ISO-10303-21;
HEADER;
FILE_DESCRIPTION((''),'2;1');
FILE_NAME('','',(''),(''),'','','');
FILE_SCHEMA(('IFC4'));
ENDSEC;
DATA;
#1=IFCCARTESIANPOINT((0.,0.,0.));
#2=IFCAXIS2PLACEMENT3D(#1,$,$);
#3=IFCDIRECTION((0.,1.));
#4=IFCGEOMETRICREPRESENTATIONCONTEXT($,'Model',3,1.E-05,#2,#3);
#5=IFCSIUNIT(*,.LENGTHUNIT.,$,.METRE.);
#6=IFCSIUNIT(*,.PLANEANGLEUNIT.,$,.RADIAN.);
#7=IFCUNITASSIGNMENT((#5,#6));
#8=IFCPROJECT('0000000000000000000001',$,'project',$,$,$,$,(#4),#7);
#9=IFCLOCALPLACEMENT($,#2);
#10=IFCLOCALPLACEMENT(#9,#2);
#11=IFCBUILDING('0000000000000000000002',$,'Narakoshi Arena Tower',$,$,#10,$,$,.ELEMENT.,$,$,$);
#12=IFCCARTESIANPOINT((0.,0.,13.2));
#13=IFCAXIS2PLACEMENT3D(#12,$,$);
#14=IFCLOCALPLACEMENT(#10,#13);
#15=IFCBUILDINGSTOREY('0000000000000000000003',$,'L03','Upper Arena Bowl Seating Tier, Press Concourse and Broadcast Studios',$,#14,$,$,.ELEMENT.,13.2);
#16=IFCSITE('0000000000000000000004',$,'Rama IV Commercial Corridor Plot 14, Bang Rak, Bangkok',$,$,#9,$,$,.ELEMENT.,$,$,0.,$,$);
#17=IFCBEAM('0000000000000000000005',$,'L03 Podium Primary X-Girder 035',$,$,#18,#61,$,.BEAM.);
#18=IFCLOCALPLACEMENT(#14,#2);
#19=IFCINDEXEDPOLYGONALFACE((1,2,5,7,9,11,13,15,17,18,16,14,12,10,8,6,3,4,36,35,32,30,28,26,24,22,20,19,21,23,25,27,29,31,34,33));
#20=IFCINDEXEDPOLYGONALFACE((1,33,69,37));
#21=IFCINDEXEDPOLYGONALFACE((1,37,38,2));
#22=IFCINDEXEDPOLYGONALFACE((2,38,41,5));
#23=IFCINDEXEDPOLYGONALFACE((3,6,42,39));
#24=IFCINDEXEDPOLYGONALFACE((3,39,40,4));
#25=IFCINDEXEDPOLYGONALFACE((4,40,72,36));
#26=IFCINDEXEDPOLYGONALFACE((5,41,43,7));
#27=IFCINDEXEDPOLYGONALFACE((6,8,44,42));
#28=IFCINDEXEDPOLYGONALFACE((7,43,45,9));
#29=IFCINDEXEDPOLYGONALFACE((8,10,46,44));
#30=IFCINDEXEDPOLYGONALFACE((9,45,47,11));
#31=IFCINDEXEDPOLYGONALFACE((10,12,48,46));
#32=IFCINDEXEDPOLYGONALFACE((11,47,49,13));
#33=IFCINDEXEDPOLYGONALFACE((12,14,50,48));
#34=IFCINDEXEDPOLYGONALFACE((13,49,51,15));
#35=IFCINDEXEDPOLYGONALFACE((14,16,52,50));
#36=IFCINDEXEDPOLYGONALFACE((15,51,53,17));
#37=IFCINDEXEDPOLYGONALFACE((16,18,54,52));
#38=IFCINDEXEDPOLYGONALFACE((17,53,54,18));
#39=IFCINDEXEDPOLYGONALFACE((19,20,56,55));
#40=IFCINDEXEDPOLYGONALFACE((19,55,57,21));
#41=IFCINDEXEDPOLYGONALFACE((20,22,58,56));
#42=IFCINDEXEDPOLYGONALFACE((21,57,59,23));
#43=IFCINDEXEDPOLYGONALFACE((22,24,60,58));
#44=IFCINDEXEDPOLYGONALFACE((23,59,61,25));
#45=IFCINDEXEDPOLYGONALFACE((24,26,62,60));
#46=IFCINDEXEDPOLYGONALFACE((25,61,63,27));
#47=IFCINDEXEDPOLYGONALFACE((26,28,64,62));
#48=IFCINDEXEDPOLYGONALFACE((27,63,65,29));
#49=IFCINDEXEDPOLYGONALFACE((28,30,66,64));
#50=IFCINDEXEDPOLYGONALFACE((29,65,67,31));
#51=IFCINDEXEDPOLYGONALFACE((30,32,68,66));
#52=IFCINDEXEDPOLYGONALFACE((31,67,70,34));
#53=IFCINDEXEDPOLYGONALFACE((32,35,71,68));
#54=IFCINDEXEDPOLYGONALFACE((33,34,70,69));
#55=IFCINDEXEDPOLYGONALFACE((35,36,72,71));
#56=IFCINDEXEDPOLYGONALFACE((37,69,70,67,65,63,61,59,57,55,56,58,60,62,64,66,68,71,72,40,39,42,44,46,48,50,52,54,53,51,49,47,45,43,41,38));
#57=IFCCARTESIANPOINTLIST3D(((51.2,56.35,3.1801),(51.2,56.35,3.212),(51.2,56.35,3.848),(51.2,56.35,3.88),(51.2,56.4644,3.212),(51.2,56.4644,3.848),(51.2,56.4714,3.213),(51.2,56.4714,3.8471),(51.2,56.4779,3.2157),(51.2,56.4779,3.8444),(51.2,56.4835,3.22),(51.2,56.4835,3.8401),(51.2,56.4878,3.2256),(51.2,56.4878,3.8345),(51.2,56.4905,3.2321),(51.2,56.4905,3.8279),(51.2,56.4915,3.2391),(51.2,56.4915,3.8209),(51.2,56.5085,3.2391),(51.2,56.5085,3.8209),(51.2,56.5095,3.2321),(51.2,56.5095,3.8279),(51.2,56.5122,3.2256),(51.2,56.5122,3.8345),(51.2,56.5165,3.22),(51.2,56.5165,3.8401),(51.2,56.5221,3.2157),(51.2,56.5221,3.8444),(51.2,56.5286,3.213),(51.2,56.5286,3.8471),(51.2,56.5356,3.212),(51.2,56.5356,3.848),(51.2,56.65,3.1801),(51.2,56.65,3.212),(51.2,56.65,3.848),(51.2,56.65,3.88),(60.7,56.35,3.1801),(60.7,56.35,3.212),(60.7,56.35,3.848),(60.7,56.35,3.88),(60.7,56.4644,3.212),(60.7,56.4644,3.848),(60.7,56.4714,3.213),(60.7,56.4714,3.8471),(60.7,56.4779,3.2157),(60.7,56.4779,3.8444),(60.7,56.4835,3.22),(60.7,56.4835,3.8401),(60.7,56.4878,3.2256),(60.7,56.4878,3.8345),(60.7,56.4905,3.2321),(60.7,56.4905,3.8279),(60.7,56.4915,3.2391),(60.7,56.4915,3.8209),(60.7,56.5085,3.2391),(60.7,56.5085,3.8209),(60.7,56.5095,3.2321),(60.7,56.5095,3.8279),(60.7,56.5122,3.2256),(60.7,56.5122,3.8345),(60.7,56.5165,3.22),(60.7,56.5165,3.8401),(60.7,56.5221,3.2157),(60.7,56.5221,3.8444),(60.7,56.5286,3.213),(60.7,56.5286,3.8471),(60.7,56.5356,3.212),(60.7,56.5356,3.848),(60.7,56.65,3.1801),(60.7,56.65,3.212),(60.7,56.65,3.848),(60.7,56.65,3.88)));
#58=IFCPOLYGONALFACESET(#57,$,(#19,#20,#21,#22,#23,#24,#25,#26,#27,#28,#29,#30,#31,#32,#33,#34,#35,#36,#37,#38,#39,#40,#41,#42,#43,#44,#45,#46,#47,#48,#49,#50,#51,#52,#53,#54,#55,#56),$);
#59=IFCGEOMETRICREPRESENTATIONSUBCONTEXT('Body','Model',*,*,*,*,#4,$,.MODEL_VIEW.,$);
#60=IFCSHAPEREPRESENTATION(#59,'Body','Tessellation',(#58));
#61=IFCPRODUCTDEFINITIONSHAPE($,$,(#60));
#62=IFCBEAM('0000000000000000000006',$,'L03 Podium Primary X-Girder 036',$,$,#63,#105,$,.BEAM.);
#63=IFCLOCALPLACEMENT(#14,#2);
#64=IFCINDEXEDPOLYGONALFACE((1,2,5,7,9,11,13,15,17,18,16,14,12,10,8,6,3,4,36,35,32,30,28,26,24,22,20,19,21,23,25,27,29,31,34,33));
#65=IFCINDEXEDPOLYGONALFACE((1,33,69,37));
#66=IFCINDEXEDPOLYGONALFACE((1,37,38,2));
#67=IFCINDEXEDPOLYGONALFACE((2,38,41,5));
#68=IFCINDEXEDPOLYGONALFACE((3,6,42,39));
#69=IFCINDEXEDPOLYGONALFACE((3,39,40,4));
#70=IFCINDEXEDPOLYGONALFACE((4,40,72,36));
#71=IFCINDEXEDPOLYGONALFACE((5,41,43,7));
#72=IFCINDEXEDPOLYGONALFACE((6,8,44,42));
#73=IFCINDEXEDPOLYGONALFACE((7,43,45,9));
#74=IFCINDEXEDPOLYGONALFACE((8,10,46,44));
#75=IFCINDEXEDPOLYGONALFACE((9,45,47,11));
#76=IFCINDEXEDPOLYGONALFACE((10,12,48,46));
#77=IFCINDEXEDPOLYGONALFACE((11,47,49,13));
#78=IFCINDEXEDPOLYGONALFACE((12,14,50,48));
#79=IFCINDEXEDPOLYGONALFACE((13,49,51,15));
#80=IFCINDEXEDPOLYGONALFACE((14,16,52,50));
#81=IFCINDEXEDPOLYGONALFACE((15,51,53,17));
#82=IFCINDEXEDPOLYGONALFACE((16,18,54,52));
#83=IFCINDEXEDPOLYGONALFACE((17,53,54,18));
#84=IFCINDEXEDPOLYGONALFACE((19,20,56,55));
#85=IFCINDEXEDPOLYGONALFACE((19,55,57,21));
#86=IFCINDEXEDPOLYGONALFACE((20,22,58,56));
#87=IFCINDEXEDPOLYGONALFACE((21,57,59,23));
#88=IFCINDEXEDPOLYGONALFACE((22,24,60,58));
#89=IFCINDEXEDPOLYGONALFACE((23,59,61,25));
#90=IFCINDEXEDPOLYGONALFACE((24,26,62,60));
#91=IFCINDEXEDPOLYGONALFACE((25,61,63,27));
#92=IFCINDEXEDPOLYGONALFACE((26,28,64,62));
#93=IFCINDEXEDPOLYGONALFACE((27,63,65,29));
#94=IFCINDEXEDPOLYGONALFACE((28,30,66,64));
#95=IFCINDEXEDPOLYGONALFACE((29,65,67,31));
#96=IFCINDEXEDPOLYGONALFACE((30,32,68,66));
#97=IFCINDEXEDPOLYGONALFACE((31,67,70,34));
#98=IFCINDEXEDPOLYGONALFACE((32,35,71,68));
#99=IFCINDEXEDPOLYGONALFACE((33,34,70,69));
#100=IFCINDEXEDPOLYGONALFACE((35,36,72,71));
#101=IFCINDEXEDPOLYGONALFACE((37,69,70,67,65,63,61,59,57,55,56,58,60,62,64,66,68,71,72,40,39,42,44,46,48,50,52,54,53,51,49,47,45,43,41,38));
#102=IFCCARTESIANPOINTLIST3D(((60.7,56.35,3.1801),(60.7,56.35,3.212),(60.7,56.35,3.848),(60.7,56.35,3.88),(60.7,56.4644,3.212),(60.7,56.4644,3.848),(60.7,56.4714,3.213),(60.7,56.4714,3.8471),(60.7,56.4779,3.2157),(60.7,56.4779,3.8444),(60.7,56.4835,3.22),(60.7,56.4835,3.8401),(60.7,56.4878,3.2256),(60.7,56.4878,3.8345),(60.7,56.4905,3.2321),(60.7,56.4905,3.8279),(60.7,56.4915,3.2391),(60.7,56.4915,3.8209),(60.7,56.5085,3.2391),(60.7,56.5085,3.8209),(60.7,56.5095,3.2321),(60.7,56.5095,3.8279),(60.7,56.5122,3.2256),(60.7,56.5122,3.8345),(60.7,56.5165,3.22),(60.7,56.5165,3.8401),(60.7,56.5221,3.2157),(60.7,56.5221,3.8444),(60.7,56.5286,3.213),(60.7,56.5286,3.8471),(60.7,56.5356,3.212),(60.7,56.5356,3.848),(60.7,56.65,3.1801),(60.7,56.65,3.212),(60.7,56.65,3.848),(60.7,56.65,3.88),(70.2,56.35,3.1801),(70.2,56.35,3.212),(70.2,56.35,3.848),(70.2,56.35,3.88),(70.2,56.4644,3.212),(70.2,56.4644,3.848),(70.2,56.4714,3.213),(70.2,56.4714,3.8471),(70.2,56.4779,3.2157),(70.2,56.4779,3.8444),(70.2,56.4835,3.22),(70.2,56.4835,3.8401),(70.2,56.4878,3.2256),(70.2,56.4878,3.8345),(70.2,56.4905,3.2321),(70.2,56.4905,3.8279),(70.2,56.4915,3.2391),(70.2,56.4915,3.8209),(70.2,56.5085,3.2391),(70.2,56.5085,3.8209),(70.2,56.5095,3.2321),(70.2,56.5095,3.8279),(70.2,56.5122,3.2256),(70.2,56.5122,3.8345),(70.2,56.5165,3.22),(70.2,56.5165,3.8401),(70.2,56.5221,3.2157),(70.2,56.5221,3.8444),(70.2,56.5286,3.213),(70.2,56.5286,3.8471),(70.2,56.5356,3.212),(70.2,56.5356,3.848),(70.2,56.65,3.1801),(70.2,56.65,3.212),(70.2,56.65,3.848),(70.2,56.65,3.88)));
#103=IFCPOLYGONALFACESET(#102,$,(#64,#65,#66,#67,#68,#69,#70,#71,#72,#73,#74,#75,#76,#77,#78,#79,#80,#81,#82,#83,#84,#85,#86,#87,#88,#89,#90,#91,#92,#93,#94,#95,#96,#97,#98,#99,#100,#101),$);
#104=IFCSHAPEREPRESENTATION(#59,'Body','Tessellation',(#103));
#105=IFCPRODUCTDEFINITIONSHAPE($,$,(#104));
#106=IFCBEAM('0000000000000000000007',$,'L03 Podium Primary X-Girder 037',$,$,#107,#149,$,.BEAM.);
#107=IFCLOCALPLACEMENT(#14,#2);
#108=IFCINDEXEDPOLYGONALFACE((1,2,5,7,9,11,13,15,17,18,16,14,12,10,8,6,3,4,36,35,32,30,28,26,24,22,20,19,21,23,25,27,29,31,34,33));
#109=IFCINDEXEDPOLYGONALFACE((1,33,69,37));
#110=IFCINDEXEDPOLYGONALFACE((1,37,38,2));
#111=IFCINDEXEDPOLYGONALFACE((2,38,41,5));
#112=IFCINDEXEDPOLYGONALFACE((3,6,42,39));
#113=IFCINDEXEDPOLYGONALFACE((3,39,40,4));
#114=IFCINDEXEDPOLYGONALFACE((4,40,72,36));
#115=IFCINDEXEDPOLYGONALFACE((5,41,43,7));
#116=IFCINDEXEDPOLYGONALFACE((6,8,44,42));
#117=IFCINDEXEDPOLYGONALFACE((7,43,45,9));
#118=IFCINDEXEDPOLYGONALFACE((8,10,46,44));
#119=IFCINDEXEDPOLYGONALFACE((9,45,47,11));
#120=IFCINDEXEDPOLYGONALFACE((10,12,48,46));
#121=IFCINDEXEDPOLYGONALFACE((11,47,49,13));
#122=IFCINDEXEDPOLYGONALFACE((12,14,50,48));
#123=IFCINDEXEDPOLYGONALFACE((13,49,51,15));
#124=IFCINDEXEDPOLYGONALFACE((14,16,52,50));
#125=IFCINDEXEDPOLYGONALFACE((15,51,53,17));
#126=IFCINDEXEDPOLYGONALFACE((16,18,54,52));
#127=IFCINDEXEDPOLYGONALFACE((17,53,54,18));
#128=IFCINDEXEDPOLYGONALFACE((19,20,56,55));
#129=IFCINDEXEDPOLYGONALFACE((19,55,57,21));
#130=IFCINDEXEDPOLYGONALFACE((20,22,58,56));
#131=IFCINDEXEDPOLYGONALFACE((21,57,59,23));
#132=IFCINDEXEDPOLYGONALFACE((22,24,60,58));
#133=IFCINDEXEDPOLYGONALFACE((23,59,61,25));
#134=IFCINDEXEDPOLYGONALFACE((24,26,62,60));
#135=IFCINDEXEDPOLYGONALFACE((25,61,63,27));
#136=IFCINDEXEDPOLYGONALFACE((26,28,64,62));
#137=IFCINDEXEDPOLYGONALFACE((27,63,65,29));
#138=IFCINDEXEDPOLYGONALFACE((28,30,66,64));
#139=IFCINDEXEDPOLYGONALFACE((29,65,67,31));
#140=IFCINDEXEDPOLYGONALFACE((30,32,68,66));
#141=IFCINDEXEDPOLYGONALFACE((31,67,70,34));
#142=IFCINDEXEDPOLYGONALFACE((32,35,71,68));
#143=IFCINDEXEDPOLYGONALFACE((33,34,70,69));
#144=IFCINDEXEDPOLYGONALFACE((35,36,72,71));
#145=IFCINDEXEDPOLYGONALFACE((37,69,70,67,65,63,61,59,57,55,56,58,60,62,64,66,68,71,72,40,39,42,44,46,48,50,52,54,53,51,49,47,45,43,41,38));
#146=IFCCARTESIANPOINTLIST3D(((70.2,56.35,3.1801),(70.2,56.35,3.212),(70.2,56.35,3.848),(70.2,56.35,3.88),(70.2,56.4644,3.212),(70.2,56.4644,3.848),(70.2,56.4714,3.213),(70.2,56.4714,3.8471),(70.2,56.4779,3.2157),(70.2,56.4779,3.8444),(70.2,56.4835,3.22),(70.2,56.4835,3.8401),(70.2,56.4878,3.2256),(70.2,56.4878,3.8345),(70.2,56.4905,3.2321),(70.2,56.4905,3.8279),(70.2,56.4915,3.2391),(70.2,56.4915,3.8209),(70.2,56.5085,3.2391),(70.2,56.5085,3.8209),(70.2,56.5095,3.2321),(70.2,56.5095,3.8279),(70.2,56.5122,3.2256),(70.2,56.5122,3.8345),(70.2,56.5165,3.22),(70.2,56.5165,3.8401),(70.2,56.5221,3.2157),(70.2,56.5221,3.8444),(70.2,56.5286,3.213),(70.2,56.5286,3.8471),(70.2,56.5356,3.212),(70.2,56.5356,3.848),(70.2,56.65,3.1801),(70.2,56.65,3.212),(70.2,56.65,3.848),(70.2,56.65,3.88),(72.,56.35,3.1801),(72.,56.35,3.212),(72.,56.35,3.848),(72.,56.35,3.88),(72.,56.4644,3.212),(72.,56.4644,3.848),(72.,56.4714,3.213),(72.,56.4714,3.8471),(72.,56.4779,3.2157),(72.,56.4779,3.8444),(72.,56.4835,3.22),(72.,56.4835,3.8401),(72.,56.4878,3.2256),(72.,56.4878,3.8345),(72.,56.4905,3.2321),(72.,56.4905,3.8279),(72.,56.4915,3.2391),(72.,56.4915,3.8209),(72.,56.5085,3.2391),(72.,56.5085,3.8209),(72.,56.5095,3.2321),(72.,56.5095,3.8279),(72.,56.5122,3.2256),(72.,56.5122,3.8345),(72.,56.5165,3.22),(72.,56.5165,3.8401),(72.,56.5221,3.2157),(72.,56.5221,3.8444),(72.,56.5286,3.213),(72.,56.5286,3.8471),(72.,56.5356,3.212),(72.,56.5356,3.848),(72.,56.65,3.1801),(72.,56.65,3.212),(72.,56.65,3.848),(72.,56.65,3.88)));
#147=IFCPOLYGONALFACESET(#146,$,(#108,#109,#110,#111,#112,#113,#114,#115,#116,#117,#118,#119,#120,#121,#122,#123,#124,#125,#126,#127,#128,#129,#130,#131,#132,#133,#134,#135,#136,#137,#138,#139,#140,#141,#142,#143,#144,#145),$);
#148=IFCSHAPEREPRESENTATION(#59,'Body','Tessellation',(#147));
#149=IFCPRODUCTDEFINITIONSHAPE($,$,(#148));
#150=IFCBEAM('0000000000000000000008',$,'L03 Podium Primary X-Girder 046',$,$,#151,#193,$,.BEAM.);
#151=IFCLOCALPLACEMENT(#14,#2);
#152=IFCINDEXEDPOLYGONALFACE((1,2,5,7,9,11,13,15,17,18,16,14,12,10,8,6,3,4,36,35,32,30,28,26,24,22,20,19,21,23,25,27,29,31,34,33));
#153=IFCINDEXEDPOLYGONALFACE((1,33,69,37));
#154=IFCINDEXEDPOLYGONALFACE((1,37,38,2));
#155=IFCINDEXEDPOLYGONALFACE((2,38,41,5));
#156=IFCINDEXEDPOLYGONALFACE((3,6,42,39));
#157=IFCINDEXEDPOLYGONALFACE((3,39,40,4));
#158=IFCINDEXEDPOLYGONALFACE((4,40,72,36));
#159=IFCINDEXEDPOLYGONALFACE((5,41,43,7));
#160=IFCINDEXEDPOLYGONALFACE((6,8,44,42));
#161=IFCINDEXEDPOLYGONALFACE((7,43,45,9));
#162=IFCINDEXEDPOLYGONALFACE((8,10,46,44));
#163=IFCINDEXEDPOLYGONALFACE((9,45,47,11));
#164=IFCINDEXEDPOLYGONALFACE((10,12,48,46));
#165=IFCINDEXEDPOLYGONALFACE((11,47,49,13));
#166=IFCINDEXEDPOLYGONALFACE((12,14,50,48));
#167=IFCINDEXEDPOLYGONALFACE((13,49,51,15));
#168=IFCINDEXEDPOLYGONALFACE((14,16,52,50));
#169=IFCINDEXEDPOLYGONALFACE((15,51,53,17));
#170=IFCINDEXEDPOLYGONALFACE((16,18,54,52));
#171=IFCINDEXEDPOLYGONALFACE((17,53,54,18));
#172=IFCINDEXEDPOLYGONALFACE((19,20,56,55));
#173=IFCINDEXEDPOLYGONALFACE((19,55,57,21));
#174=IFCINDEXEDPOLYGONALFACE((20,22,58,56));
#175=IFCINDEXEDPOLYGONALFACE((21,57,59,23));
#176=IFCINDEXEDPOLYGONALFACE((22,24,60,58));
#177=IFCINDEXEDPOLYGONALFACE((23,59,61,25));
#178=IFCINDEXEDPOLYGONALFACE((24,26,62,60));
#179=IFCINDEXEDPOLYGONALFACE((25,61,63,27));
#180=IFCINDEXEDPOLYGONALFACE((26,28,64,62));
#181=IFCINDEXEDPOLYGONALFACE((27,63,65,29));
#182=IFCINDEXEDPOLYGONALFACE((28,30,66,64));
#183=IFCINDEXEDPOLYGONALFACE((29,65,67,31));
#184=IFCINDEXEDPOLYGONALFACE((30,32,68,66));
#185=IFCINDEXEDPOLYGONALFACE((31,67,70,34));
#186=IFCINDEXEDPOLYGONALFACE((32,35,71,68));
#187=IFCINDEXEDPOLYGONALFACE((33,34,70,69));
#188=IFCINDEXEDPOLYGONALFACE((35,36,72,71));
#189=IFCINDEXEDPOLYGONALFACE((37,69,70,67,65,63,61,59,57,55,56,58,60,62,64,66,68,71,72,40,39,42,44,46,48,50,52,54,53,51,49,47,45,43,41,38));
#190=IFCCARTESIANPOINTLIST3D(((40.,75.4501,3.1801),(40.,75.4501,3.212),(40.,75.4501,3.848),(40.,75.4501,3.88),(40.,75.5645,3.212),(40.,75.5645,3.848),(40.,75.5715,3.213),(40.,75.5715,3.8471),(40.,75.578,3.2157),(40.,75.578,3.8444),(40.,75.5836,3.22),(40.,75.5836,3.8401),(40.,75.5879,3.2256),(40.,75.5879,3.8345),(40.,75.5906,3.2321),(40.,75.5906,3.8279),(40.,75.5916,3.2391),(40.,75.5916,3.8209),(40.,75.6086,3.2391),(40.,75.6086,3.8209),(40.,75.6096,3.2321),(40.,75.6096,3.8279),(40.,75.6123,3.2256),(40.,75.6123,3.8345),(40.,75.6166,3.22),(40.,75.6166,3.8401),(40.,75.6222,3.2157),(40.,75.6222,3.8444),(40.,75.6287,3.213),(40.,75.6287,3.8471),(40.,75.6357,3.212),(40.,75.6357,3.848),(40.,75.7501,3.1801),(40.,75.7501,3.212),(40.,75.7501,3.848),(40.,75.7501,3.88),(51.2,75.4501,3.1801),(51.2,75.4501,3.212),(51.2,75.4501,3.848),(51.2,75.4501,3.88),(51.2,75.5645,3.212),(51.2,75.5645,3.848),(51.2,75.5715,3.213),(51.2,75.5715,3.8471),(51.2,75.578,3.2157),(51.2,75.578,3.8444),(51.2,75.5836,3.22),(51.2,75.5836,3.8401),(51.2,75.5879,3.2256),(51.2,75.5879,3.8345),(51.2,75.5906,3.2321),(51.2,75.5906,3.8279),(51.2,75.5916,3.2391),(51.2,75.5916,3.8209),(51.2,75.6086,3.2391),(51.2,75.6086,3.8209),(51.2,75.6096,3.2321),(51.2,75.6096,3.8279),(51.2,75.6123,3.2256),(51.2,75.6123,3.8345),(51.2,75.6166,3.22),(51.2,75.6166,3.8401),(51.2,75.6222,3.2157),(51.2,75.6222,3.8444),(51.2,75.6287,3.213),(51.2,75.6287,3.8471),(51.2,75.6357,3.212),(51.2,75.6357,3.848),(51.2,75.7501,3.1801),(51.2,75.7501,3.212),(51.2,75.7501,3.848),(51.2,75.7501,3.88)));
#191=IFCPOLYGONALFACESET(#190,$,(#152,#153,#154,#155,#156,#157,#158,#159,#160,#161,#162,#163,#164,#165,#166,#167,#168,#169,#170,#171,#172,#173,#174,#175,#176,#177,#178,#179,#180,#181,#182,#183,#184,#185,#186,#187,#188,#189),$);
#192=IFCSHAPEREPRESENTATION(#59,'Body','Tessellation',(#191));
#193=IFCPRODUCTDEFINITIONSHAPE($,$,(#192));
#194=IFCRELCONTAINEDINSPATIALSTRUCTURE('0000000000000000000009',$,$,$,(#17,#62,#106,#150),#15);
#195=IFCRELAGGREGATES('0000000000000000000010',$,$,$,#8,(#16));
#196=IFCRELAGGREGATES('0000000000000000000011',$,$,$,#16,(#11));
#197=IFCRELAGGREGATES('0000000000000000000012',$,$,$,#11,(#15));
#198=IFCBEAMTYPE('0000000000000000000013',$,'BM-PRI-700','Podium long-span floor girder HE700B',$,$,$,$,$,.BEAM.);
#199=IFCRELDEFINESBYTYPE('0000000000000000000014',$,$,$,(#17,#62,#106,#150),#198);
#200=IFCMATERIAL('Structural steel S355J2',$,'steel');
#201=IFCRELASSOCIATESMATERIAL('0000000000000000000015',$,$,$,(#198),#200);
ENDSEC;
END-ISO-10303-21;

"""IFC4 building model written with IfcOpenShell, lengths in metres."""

from ifc_helpers import new_model, si_unit, direction, frame, origin, origin_2d, place, context, subcontext, project, spatial, i_section, extrude, material, material_profile, profile_set, type_object, element, save


model = new_model("IFC4")

# Units and contexts
model_context = context("Model", 3, precision=1e-05, world=origin(), true_north=direction((0.0, 1.0)))
body_context = subcontext(model_context, "Body", "Model", "MODEL_VIEW")
ifc_project = project(units=[si_unit("LENGTHUNIT", "METRE"), si_unit("PLANEANGLEUNIT", "RADIAN")], contexts=[model_context])

# Site, building, storey
site_placement = place(None, origin())
site = spatial("IfcSite", under=ifc_project, at=site_placement, Name="Rama IV Commercial Corridor Plot 14, Bang Rak, Bangkok", CompositionType="ELEMENT", RefElevation=0.0)
building_placement = place(site_placement, origin())
building = spatial("IfcBuilding", under=site, at=building_placement, Name="Narakoshi Arena Tower", CompositionType="ELEMENT")
storey_placement = place(building_placement, frame((0.0, 0.0, 13.2)))
storey = spatial("IfcBuildingStorey", under=building, at=storey_placement, Name="L03", Description="Upper Arena Bowl Seating Tier, Press Concourse and Broadcast Studios", CompositionType="ELEMENT", Elevation=13.2)

# Beams
ifc_material_1 = material(Name="Structural steel S355J2", Category="steel")
ifc_material_profile_1 = material_profile(ifc_material_1, i_section(OverallWidth=0.3, OverallDepth=0.7, WebThickness=0.0171, FlangeThickness=0.032, FilletRadius=0.0271, at=origin_2d()), Name="HE700B")
ifc_profile_set_1 = profile_set([ifc_material_profile_1], Name="Structural steel S355J2")
beam_type_1 = type_object("IfcBeamType", Name="BM-PRI-700", Description="Podium long-span floor girder HE700B", PredefinedType="BEAM", material=ifc_profile_set_1)
for number, where, z_axis, x_axis, name in (
    (1, (51.2, 56.5, 3.53), (1.0, 0.0, 0.0), (0.0, 1.0, 0.0), "L03 Podium Primary X-Girder 035"),
    (2, (60.7, 56.5, 3.53), (1.0, 0.0, 0.0), (0.0, 1.0, 0.0), "L03 Podium Primary X-Girder 036"),
):
    element("IfcBeam", number, at=place(storey_placement, frame(where, z_axis=z_axis, x_axis=x_axis)), inside=storey, type_object=beam_type_1, Name=name, PredefinedType="BEAM", context=body_context, shape_type="SweptSolid", body=[
        extrude(i_section(OverallWidth=0.3, OverallDepth=0.7, WebThickness=0.0171, FlangeThickness=0.032, FilletRadius=0.0271, at=origin_2d()), origin(), (0.0, 0.0, 1.0), 9.5),
    ])
beam_1_placement = place(storey_placement, frame((70.2, 56.5, 3.53), z_axis=(1.0, 0.0, 0.0), x_axis=(0.0, 1.0, 0.0)))
element("IfcBeam", 3, at=beam_1_placement, inside=storey, type_object=beam_type_1, Name="L03 Podium Primary X-Girder 037", PredefinedType="BEAM", context=body_context, shape_type="SweptSolid", body=[
    extrude(i_section(OverallWidth=0.3, OverallDepth=0.7, WebThickness=0.0171, FlangeThickness=0.032, FilletRadius=0.0271, at=origin_2d()), origin(), (0.0, 0.0, 1.0), 1.8),
])
beam_2_placement = place(storey_placement, frame((40.0, 75.6001, 3.53), z_axis=(1.0, 0.0, 0.0), x_axis=(0.0, 1.0, 0.0)))
element("IfcBeam", 4, at=beam_2_placement, inside=storey, type_object=beam_type_1, Name="L03 Podium Primary X-Girder 046", PredefinedType="BEAM", context=body_context, shape_type="SweptSolid", body=[
    extrude(i_section(OverallWidth=0.3, OverallDepth=0.7, WebThickness=0.0171, FlangeThickness=0.032, FilletRadius=0.0271, at=origin_2d()), origin(), (0.0, 0.0, 1.0), 11.2),
])

save(model, "model.ifc")
